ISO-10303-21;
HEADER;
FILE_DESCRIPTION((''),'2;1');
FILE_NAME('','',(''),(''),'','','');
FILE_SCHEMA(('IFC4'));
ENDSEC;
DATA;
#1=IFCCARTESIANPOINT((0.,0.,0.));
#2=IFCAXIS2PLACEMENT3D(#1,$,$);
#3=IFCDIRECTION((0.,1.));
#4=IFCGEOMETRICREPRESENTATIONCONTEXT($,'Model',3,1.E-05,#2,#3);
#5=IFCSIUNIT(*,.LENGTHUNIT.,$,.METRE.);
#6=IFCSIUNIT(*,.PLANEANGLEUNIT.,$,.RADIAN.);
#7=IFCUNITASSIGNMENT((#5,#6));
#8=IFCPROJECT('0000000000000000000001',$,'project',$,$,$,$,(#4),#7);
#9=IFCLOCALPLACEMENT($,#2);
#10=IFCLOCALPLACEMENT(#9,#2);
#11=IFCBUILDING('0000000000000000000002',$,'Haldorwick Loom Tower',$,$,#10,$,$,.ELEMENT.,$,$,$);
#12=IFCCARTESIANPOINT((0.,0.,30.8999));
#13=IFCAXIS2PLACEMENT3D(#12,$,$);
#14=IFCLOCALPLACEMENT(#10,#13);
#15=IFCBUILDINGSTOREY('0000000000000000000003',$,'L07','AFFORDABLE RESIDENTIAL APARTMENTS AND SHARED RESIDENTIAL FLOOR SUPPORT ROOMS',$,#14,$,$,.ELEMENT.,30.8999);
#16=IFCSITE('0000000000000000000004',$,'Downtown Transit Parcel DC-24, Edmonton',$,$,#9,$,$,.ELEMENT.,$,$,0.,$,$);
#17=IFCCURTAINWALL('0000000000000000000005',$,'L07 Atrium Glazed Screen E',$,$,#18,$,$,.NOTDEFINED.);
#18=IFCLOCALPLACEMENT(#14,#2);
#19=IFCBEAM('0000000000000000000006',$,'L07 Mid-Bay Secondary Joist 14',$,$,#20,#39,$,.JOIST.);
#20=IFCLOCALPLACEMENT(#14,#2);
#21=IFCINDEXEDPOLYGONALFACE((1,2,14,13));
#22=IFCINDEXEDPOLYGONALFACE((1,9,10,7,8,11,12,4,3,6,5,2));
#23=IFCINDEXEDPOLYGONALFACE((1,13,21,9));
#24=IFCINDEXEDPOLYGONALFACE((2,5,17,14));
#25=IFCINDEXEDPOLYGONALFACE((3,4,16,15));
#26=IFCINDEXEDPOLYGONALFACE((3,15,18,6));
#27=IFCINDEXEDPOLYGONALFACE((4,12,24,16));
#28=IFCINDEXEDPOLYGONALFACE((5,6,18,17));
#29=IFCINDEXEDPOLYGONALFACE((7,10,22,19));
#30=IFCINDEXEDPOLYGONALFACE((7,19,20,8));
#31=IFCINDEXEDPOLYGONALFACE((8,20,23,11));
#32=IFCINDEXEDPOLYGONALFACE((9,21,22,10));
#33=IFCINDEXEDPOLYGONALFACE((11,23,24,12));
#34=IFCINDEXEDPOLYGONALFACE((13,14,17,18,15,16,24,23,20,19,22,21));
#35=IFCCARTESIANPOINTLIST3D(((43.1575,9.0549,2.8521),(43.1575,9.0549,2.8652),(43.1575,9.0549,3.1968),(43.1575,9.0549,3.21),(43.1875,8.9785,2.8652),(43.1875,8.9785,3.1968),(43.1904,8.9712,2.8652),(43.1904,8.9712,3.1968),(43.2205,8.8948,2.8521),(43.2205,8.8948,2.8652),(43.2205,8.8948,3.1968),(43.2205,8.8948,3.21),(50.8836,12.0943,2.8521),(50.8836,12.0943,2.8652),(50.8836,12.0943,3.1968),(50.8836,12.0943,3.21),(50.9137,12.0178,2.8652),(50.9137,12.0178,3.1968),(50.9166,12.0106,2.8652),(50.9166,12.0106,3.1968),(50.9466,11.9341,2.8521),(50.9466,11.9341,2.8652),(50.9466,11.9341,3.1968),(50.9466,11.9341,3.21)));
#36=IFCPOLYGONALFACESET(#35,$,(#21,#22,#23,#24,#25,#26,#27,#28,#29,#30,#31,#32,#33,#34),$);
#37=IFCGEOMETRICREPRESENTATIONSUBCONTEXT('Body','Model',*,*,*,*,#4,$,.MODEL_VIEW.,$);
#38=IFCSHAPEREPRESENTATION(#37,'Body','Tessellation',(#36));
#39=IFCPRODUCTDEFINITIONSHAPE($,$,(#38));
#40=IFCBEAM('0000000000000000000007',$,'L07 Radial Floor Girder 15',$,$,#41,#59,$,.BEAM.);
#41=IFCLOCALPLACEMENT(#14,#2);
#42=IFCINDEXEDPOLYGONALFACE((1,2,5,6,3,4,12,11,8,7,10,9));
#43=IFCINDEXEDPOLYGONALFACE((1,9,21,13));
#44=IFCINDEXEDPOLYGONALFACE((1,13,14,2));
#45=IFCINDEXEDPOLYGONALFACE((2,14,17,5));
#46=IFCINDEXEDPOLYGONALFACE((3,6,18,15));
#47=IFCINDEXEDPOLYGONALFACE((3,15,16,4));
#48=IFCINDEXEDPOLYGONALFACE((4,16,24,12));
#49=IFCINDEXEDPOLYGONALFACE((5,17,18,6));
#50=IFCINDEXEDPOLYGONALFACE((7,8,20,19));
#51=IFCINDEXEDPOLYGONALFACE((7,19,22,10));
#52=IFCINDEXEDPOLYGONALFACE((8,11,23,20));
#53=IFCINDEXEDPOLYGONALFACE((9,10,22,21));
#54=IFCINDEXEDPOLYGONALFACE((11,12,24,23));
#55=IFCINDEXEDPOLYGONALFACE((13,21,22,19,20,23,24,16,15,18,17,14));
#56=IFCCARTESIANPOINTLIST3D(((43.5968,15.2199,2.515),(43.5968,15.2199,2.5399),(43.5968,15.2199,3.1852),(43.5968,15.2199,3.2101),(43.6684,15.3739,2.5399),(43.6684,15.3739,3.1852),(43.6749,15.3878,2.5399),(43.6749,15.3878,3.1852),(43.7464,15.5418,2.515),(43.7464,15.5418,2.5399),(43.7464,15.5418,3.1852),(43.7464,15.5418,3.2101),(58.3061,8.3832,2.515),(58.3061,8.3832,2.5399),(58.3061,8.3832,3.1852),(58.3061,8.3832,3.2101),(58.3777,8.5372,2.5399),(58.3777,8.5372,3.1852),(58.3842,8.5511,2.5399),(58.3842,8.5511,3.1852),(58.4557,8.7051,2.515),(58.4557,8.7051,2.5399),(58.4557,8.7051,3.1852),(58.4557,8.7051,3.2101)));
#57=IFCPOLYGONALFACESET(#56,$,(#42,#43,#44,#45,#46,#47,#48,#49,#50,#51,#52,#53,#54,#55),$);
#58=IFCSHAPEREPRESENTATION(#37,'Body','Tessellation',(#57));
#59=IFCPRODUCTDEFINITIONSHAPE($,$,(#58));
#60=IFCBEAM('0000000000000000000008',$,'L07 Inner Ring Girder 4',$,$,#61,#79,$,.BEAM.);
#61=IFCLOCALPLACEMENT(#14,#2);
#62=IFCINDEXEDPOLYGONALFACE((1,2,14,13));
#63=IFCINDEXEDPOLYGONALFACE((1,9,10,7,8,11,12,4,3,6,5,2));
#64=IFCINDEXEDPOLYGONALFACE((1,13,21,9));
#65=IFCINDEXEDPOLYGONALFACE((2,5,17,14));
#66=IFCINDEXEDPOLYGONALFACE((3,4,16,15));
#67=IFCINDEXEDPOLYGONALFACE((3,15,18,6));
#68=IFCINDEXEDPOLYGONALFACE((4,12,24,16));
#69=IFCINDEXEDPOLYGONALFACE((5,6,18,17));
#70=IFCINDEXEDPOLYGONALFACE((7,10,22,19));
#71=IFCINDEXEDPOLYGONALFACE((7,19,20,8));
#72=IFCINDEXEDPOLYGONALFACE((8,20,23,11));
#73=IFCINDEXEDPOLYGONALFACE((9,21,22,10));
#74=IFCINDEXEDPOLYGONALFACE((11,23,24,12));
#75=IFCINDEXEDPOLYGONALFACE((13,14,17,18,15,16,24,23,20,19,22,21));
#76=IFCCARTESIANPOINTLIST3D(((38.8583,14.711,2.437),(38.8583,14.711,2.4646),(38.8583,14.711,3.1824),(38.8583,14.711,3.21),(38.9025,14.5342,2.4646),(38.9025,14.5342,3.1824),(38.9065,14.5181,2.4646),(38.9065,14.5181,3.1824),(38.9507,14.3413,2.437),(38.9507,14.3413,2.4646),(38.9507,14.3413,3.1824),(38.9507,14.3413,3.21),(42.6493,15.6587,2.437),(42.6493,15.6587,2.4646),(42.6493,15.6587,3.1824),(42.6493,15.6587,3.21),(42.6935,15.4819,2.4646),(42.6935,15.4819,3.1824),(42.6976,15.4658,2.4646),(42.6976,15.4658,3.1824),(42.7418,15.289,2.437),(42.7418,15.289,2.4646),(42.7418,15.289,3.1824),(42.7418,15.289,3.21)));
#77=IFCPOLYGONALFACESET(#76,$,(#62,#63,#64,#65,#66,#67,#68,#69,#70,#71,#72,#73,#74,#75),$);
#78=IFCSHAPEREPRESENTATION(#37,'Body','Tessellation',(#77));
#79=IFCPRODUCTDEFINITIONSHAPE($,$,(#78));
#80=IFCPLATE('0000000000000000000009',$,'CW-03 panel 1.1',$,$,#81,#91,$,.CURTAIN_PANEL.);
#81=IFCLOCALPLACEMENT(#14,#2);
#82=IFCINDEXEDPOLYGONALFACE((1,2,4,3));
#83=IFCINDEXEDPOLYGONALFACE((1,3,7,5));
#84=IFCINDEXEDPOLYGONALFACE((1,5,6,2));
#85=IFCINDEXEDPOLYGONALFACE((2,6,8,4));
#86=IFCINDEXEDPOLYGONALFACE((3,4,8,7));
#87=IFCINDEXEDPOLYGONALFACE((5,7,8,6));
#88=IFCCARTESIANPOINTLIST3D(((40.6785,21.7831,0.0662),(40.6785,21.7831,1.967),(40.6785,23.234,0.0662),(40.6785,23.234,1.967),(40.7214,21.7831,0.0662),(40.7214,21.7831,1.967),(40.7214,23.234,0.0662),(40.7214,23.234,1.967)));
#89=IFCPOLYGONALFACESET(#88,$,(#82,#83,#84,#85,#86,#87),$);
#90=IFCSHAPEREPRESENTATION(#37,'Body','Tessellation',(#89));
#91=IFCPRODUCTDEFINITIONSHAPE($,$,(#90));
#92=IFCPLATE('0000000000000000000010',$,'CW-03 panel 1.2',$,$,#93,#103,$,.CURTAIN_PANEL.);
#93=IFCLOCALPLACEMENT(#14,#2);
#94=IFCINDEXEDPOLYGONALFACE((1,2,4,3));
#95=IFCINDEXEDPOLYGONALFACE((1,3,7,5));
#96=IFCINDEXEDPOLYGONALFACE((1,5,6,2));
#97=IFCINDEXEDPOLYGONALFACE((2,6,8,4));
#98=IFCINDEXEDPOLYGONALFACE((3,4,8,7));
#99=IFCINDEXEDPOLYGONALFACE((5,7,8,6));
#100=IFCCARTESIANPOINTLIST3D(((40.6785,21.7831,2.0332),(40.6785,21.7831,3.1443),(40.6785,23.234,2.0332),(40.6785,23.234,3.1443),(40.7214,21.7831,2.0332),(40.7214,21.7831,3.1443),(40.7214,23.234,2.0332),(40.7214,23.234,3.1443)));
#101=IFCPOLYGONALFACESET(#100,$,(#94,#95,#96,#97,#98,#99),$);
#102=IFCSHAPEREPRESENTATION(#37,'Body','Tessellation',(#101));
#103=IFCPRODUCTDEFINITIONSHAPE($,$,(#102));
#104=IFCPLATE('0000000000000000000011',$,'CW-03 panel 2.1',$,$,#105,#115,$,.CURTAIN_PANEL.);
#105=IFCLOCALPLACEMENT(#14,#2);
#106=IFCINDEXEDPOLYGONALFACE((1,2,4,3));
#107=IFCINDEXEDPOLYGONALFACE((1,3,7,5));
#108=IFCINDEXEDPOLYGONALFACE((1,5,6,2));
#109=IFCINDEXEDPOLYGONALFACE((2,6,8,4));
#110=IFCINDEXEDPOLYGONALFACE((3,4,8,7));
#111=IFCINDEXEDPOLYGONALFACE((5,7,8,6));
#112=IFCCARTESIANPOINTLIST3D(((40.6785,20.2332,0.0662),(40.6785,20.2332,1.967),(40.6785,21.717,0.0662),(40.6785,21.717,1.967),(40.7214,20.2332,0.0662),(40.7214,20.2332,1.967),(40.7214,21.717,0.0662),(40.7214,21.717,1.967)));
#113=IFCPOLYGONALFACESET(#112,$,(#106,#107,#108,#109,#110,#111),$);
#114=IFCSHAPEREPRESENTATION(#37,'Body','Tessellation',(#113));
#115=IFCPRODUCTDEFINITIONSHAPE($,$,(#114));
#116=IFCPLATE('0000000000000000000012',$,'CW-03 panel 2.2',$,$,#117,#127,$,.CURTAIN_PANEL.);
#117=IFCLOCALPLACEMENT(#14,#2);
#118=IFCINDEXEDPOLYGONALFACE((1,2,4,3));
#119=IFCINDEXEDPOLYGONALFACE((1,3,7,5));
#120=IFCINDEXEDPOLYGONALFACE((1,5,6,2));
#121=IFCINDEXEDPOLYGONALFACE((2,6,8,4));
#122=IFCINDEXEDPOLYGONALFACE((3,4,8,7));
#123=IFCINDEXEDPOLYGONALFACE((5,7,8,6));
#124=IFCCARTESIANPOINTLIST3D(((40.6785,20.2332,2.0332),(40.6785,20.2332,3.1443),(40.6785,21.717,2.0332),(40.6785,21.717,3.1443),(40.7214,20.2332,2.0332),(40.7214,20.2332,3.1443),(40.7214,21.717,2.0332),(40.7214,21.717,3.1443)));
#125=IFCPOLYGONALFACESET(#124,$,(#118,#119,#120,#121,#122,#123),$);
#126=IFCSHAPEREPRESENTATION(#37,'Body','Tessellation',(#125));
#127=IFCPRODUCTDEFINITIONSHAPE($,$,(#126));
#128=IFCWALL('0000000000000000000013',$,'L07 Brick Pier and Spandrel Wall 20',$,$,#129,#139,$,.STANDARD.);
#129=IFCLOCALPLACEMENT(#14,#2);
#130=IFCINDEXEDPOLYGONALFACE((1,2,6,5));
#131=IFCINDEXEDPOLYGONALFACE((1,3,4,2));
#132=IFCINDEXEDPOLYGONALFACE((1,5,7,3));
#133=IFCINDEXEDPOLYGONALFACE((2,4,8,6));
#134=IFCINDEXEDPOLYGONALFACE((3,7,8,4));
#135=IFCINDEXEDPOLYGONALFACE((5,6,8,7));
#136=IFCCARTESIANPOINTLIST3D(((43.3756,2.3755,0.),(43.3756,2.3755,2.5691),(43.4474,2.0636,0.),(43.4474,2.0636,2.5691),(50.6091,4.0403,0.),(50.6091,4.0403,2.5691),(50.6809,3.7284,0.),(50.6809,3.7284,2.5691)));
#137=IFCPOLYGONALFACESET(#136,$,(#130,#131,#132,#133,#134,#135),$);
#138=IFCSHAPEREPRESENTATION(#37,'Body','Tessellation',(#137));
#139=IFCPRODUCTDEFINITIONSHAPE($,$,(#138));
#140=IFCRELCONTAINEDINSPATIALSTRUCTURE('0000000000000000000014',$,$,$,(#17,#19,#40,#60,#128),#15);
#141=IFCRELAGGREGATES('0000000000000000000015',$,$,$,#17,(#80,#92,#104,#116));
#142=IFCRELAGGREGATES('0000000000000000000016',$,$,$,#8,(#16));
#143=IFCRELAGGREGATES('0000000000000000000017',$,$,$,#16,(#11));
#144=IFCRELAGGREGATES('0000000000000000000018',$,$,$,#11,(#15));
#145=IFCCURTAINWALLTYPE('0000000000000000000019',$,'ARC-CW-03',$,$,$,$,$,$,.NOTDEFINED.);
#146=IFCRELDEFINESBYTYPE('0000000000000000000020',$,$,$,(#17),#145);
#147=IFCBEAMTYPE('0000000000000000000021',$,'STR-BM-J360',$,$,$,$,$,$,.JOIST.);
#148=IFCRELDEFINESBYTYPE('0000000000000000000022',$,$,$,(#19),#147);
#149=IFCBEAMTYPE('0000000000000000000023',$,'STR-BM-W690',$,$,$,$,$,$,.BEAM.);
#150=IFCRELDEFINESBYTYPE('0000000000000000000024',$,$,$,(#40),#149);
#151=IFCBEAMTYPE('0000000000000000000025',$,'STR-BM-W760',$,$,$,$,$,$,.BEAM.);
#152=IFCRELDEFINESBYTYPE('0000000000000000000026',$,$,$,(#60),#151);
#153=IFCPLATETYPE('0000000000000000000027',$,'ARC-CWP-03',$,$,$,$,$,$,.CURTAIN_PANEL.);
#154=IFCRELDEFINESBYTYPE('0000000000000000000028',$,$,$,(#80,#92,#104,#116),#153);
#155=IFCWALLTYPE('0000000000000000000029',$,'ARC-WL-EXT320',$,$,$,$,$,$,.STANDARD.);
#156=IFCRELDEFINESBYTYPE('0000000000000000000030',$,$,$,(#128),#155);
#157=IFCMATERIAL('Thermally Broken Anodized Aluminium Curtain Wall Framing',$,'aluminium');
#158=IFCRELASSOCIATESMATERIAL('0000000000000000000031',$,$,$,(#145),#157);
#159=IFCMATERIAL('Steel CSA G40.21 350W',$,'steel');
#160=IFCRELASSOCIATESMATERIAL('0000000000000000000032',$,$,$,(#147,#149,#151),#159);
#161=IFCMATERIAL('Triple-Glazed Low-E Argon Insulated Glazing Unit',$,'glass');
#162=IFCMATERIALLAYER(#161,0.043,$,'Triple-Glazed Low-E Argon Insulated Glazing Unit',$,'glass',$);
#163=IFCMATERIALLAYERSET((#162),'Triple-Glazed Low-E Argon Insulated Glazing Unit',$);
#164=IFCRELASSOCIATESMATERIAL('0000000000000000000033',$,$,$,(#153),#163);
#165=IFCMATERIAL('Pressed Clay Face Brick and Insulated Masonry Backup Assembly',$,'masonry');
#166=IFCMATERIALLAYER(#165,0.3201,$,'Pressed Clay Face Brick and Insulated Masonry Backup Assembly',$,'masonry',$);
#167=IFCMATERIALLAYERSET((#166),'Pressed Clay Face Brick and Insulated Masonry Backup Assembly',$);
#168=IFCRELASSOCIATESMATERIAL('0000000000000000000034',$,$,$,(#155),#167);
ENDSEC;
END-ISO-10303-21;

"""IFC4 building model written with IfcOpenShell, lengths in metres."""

from ifc_helpers import new_model, si_unit, direction, frame, frame_2d, origin, origin_2d, place, context, subcontext, project, spatial, rectangle, i_section, extrude, material, layer, layer_set, material_profile, profile_set, type_object, element, aggregate, save


model = new_model("IFC4")

# Units and contexts
model_context = context("Model", 3, precision=1e-05, world=origin(), true_north=direction((0.0, 1.0)))
body_context = subcontext(model_context, "Body", "Model", "MODEL_VIEW")
ifc_project = project(units=[si_unit("LENGTHUNIT", "METRE"), si_unit("PLANEANGLEUNIT", "RADIAN")], contexts=[model_context])

# Site, building, storey
site_placement = place(None, origin())
site = spatial("IfcSite", under=ifc_project, at=site_placement, Name="Downtown Transit Parcel DC-24, Edmonton", CompositionType="ELEMENT", RefElevation=0.0)
building_placement = place(site_placement, origin())
building = spatial("IfcBuilding", under=site, at=building_placement, Name="Haldorwick Loom Tower", CompositionType="ELEMENT")
storey_placement = place(building_placement, frame((0.0, 0.0, 30.8999)))
storey = spatial("IfcBuildingStorey", under=building, at=storey_placement, Name="L07", Description="AFFORDABLE RESIDENTIAL APARTMENTS AND SHARED RESIDENTIAL FLOOR SUPPORT ROOMS", CompositionType="ELEMENT", Elevation=30.8999)

# Curtain wall
ifc_material_1 = material(Name="Thermally Broken Anodized Aluminium Curtain Wall Framing", Category="aluminium")
curtain_wall_type = type_object("IfcCurtainWallType", Name="ARC-CW-03", PredefinedType="NOTDEFINED", material=ifc_material_1)
curtain_wall_placement = place(storey_placement, origin())
curtain_wall = element("IfcCurtainWall", 1, at=curtain_wall_placement, inside=storey, type_object=curtain_wall_type, Name="L07 Atrium Glazed Screen E", PredefinedType="NOTDEFINED")

# Beams
ifc_material_2 = material(Name="Steel CSA G40.21 350W", Category="steel")
ifc_material_profile_1 = material_profile(ifc_material_2, i_section(OverallWidth=0.1721, OverallDepth=0.3579, WebThickness=0.0078, FlangeThickness=0.0132, at=origin_2d()), Name="W360X57", Category="steel")
ifc_profile_set_1 = profile_set([ifc_material_profile_1], Name="Steel CSA G40.21 350W")
beam_type_1 = type_object("IfcBeamType", Name="STR-BM-J360", PredefinedType="JOIST", material=ifc_profile_set_1)
beam_1_placement = place(storey_placement, frame((43.189, 8.9749, 3.031), z_axis=(0.930585, 0.366076, 0.0), x_axis=(-0.366076, 0.930585, 0.0)))
element("IfcBeam", 2, at=beam_1_placement, inside=storey, type_object=beam_type_1, Name="L07 Mid-Bay Secondary Joist 14", PredefinedType="JOIST", context=body_context, shape_type="SweptSolid", body=[
    extrude(i_section(OverallWidth=0.1721, OverallDepth=0.3579, WebThickness=0.0078, FlangeThickness=0.0132, at=origin_2d()), origin(), (0.0, 0.0, 1.0), 8.3025),
])
ifc_material_profile_2 = material_profile(ifc_material_2, i_section(OverallWidth=0.355, OverallDepth=0.6951, WebThickness=0.0154, FlangeThickness=0.0249, at=origin_2d()), Name="W690X217", Category="steel")
ifc_profile_set_2 = profile_set([ifc_material_profile_2], Name="Steel CSA G40.21 350W")
beam_type_2 = type_object("IfcBeamType", Name="STR-BM-W690", PredefinedType="BEAM", material=ifc_profile_set_2)
beam_2_placement = place(storey_placement, frame((43.6716, 15.3809, 2.8625), z_axis=(0.906835, -0.421486, 0.0), x_axis=(0.421486, 0.906835, 0.0)))
element("IfcBeam", 3, at=beam_2_placement, inside=storey, type_object=beam_type_2, Name="L07 Radial Floor Girder 15", PredefinedType="BEAM", context=body_context, shape_type="SweptSolid", body=[
    extrude(i_section(OverallWidth=0.355, OverallDepth=0.6951, WebThickness=0.0154, FlangeThickness=0.0249, at=origin_2d()), origin(), (0.0, 0.0, 1.0), 16.2205),
])
ifc_material_profile_3 = material_profile(ifc_material_2, i_section(OverallWidth=0.3811, OverallDepth=0.7729, WebThickness=0.0166, FlangeThickness=0.0276, at=origin_2d()), Name="W760X257", Category="steel")
ifc_profile_set_3 = profile_set([ifc_material_profile_3], Name="Steel CSA G40.21 350W")
beam_type_3 = type_object("IfcBeamType", Name="STR-BM-W760", PredefinedType="BEAM", material=ifc_profile_set_3)
beam_3_placement = place(storey_placement, frame((42.6956, 15.4739, 2.8235), z_axis=(-0.970143, -0.242536, 0.0), x_axis=(0.242536, -0.970143, 0.0)))
element("IfcBeam", 4, at=beam_3_placement, inside=storey, type_object=beam_type_3, Name="L07 Inner Ring Girder 4", PredefinedType="BEAM", context=body_context, shape_type="SweptSolid", body=[
    extrude(i_section(OverallWidth=0.3811, OverallDepth=0.7729, WebThickness=0.0166, FlangeThickness=0.0276, at=origin_2d()), origin(), (0.0, 0.0, 1.0), 3.9077),
])

# Plates
ifc_material_3 = material(Name="Triple-Glazed Low-E Argon Insulated Glazing Unit", Category="glass")
ifc_layer_1 = layer(ifc_material_3, 0.043, Name="Triple-Glazed Low-E Argon Insulated Glazing Unit", Category="glass")
ifc_layer_set_1 = layer_set([ifc_layer_1], Name="Triple-Glazed Low-E Argon Insulated Glazing Unit")
plate_type = type_object("IfcPlateType", Name="ARC-CWP-03", PredefinedType="CURTAIN_PANEL", material=ifc_layer_set_1)
plate_1_placement = place(storey_placement, frame((40.7, 22.5085, 0.0662), z_axis=(0.0, 0.0, 1.0), x_axis=(0.0, -1.0, 0.0)))
plate_1 = element("IfcPlate", 5, at=plate_1_placement, type_object=plate_type, Name="CW-03 panel 1.1", PredefinedType="CURTAIN_PANEL", context=body_context, shape_type="SweptSolid", body=[
    extrude(rectangle(XDim=1.4509, YDim=0.043, at=origin_2d()), origin(), (0.0, 0.0, 1.0), 1.9009),
])
plate_2_placement = place(storey_placement, frame((40.7, 22.5085, 2.0332), z_axis=(0.0, 0.0, 1.0), x_axis=(0.0, -1.0, 0.0)))
plate_2 = element("IfcPlate", 6, at=plate_2_placement, type_object=plate_type, Name="CW-03 panel 1.2", PredefinedType="CURTAIN_PANEL", context=body_context, shape_type="SweptSolid", body=[
    extrude(rectangle(XDim=1.4509, YDim=0.043, at=origin_2d()), origin(), (0.0, 0.0, 1.0), 1.1111),
])
plate_3_placement = place(storey_placement, frame((40.7, 20.9751, 0.0662), z_axis=(0.0, 0.0, 1.0), x_axis=(0.0, -1.0, 0.0)))
plate_3 = element("IfcPlate", 7, at=plate_3_placement, type_object=plate_type, Name="CW-03 panel 2.1", PredefinedType="CURTAIN_PANEL", context=body_context, shape_type="SweptSolid", body=[
    extrude(rectangle(XDim=1.4839, YDim=0.043, at=origin_2d()), origin(), (0.0, 0.0, 1.0), 1.9009),
])
plate_4_placement = place(storey_placement, frame((40.7, 20.9751, 2.0332), z_axis=(0.0, 0.0, 1.0), x_axis=(0.0, -1.0, 0.0)))
plate_4 = element("IfcPlate", 8, at=plate_4_placement, type_object=plate_type, Name="CW-03 panel 2.2", PredefinedType="CURTAIN_PANEL", context=body_context, shape_type="SweptSolid", body=[
    extrude(rectangle(XDim=1.4839, YDim=0.043, at=origin_2d()), origin(), (0.0, 0.0, 1.0), 1.1111),
])
aggregate(curtain_wall, [plate_1, plate_2, plate_3, plate_4])

# Wall
ifc_material_4 = material(Name="Pressed Clay Face Brick and Insulated Masonry Backup Assembly", Category="masonry")
ifc_layer_2 = layer(ifc_material_4, 0.3201, Name="Pressed Clay Face Brick and Insulated Masonry Backup Assembly", Category="masonry")
ifc_layer_set_2 = layer_set([ifc_layer_2], Name="Pressed Clay Face Brick and Insulated Masonry Backup Assembly")
wall_type_1 = type_object("IfcWallType", Name="ARC-WL-EXT320", PredefinedType="STANDARD", material=ifc_layer_set_2)
wall_1_placement = place(storey_placement, frame((43.4114, 2.2195, 0.0), z_axis=(0.0, 0.0, 1.0), x_axis=(0.974522, 0.22429, 0.0)))
element("IfcWall", 9, at=wall_1_placement, inside=storey, type_object=wall_type_1, Name="L07 Brick Pier and Spandrel Wall 20", PredefinedType="STANDARD", context=body_context, shape_type="SweptSolid", body=[
    extrude(rectangle(XDim=7.4226, YDim=0.3201, at=frame_2d((3.7114, 0.0))), origin(), (0.0, 0.0, 1.0), 2.5691),
])

save(model, "model.ifc")
